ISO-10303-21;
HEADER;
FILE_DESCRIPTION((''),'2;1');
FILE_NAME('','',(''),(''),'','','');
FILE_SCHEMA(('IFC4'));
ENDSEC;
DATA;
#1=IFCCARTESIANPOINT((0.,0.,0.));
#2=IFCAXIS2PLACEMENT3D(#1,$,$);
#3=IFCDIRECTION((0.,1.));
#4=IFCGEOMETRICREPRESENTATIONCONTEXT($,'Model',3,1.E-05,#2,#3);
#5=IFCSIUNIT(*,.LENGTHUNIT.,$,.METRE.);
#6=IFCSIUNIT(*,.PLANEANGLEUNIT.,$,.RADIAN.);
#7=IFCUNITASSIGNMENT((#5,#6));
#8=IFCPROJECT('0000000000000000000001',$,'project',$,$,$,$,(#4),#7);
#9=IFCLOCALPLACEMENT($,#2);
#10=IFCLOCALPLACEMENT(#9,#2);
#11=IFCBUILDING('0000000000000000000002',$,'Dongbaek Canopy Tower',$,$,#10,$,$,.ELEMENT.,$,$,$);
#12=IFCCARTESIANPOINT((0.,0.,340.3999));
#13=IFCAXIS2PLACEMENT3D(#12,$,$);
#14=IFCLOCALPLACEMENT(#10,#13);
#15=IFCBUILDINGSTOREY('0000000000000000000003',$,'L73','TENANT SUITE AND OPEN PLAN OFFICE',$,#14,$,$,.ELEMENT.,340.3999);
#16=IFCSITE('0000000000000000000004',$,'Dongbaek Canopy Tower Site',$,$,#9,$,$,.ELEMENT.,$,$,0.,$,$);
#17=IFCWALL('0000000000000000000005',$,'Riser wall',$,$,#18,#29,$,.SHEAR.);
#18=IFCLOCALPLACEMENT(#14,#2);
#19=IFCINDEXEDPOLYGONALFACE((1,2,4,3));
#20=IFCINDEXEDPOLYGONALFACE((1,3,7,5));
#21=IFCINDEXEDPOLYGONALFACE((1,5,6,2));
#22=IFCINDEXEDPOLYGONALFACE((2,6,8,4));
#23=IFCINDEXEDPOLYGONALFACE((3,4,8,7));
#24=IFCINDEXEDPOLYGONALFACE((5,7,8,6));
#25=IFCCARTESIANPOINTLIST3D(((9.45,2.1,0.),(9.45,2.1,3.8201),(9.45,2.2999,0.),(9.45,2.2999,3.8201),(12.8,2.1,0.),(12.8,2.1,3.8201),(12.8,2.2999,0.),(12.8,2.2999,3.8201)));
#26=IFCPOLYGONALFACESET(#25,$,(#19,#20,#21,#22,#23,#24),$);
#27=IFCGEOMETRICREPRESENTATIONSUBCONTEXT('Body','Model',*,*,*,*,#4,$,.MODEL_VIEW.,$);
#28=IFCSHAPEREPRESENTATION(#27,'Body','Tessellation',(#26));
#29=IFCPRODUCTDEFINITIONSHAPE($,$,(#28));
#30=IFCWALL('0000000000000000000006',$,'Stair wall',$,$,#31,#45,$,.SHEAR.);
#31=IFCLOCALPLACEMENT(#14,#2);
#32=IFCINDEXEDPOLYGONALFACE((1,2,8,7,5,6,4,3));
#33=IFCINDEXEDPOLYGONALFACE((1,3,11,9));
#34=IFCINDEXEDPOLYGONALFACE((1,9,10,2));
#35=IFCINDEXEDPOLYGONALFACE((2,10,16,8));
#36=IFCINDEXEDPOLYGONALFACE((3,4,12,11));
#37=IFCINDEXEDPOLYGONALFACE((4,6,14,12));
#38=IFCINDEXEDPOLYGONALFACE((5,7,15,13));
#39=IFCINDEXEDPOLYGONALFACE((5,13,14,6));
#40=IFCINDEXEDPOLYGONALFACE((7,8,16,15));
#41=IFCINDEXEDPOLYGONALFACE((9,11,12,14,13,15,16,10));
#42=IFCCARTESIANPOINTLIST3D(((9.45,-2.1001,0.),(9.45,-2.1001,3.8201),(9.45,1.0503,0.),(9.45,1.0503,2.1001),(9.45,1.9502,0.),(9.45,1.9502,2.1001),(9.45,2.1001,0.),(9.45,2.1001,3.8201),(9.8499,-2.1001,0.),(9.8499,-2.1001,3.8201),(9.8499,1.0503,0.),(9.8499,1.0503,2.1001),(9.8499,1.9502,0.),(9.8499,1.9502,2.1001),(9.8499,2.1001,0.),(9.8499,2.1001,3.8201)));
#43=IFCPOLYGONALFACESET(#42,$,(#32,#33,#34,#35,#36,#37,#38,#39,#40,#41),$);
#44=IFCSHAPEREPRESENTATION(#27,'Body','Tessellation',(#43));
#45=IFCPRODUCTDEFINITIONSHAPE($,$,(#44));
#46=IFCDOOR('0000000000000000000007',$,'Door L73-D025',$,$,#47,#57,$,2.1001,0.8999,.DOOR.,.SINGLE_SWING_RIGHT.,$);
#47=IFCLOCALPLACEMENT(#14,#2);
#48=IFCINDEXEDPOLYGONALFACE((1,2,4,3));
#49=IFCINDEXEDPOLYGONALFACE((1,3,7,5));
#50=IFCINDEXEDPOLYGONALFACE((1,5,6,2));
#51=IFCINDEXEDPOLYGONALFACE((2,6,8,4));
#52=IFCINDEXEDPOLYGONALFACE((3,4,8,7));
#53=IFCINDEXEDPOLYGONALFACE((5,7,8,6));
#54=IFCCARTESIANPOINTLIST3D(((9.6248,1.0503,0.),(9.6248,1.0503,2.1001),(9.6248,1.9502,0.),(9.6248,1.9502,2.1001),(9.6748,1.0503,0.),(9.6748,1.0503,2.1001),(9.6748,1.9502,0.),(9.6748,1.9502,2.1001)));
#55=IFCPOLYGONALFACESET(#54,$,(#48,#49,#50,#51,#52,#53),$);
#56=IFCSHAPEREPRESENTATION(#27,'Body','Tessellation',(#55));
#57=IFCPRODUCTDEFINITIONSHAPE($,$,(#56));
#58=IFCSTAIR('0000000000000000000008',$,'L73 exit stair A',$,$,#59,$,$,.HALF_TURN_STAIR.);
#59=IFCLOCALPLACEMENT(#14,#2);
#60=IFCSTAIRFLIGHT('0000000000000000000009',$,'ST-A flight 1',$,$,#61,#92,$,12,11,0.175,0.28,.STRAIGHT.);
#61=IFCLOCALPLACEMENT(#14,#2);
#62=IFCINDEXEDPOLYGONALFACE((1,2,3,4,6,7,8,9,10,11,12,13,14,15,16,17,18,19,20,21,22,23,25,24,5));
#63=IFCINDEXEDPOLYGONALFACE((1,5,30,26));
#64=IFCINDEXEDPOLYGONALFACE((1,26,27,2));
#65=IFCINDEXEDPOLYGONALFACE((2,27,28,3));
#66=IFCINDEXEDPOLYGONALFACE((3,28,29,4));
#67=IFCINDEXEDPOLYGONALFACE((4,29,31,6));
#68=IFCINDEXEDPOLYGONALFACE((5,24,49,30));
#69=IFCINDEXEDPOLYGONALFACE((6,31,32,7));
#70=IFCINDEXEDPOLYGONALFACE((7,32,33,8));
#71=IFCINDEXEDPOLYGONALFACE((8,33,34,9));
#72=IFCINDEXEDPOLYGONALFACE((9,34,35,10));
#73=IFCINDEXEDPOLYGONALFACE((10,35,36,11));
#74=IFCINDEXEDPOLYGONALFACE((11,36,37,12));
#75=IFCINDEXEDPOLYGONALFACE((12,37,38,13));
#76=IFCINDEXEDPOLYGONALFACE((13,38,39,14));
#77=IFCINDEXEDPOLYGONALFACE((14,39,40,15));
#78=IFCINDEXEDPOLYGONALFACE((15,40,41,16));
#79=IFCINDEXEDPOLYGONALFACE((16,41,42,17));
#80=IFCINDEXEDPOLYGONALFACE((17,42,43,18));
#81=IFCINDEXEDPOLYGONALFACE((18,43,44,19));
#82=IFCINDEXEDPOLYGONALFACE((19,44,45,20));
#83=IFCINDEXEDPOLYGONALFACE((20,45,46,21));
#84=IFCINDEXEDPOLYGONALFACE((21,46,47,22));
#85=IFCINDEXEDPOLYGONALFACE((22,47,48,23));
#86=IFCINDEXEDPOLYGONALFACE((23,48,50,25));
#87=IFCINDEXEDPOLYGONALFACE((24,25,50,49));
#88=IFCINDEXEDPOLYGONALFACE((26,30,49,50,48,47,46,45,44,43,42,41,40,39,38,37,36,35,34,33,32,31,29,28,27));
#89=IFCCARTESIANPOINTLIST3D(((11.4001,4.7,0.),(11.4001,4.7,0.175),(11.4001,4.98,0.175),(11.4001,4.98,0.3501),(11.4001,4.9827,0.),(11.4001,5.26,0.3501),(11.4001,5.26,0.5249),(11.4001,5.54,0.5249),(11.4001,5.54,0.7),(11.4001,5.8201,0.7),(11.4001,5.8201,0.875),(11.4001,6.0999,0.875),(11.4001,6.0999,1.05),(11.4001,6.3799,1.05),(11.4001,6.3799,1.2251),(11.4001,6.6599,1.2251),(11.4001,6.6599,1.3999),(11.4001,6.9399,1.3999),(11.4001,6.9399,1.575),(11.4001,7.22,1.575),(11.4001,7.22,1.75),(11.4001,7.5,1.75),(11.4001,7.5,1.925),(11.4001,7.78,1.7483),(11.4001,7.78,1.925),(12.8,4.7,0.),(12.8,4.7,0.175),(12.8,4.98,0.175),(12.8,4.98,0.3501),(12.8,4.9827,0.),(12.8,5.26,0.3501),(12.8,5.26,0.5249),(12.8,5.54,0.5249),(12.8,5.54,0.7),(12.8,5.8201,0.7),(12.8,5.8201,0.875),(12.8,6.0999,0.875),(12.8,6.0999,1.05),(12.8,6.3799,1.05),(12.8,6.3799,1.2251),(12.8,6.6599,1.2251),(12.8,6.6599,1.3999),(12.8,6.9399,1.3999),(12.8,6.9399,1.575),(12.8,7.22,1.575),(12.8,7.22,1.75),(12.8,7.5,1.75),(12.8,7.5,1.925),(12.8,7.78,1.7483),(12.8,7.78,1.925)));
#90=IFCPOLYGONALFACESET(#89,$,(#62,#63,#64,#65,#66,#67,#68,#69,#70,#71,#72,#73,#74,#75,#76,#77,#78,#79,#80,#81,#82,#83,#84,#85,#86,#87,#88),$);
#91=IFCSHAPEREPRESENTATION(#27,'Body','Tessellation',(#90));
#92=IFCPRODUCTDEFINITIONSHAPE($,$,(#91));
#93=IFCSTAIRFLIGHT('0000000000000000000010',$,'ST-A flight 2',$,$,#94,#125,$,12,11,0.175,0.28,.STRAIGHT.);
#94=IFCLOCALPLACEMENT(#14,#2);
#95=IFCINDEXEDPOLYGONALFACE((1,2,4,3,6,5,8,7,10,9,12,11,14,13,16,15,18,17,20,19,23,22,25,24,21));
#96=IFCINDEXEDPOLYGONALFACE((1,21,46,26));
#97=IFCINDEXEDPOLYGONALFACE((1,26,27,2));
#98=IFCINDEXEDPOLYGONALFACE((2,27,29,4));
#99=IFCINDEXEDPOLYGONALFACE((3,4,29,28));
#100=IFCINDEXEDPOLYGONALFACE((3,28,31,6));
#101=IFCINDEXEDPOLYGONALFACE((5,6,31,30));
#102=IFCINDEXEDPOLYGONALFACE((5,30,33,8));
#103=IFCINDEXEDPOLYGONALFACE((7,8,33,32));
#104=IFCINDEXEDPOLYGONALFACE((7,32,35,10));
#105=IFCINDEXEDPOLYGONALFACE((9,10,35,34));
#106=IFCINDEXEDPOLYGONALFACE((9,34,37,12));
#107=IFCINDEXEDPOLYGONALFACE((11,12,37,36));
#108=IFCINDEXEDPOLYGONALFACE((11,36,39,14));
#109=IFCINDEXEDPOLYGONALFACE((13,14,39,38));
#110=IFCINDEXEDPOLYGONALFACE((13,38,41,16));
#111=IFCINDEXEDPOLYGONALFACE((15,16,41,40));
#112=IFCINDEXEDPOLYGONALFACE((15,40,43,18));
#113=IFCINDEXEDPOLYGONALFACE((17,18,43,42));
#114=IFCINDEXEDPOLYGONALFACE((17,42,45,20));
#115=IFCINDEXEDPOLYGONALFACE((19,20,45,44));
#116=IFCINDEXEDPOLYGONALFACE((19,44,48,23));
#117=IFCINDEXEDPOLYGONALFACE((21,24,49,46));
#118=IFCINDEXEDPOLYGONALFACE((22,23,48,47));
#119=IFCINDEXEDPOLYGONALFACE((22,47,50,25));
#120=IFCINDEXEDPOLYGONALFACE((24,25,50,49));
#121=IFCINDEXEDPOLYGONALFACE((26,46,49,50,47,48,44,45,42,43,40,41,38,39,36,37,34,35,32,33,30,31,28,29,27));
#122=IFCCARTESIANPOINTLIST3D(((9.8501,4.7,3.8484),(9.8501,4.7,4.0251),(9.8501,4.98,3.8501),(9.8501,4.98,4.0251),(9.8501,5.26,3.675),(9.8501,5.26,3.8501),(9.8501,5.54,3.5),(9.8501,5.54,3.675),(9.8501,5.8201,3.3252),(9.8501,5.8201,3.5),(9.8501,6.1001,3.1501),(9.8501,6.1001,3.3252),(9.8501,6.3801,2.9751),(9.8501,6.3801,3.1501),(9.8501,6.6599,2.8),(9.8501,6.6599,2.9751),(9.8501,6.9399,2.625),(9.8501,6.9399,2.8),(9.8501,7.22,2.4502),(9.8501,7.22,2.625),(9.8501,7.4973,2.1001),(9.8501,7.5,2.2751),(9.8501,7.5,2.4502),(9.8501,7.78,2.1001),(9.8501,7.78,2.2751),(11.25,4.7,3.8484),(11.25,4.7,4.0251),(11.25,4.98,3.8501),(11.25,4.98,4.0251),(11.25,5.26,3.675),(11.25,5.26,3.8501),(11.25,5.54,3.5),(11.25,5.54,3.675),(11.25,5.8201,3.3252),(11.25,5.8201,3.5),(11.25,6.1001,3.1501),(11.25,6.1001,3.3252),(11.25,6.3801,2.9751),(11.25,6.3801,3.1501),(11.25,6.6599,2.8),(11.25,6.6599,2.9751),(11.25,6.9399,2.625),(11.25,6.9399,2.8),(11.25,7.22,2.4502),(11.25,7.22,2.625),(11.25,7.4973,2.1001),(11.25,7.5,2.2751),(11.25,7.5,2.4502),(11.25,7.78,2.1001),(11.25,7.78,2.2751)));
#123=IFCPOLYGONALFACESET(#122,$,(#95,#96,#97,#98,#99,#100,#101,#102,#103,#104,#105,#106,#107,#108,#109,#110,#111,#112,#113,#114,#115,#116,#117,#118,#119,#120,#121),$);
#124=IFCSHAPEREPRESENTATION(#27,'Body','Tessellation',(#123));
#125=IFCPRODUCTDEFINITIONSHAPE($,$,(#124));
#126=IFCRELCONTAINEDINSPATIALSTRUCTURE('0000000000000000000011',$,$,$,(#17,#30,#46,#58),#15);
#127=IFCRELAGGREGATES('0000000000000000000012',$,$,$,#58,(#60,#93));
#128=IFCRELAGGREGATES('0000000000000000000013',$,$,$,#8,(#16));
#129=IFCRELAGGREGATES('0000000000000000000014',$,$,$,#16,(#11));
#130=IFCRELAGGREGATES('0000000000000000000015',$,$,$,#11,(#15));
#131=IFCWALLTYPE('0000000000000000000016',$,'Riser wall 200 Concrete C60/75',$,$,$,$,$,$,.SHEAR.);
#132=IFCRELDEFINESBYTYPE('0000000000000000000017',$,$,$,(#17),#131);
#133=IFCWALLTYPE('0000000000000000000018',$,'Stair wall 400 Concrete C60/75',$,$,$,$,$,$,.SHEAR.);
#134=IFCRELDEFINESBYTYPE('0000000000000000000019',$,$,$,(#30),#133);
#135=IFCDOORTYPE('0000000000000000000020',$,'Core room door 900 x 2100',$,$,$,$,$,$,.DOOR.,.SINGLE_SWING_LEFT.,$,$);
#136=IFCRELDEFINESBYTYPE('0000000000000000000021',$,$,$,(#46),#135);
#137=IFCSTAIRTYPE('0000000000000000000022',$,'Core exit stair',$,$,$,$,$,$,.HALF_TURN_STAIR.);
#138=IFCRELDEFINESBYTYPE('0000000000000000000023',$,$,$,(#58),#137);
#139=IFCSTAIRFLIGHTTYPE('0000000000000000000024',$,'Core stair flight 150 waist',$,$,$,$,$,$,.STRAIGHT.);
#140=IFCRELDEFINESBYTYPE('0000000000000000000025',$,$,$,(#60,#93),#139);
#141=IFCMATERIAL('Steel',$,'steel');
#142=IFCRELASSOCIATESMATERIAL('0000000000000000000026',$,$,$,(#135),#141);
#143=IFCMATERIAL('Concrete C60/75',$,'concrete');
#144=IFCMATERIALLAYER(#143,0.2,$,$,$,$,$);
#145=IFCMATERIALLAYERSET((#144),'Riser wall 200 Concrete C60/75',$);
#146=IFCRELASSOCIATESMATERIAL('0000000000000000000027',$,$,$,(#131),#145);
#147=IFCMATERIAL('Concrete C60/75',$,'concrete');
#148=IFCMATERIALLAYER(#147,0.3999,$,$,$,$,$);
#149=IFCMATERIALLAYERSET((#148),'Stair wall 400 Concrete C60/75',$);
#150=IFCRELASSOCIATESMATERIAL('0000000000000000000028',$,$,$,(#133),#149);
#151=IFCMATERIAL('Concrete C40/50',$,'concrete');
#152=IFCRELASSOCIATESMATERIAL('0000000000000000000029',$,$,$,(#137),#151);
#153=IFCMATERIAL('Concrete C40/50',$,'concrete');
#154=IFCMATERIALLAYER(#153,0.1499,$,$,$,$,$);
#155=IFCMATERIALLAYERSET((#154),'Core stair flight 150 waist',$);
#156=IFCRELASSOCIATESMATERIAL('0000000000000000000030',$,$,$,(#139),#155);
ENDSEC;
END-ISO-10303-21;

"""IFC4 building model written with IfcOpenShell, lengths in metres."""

from ifc_helpers import new_model, si_unit, direction, frame, frame_2d, origin, place, context, subcontext, project, spatial, polyline, rectangle, outline, extrude, material, layer, layer_set, type_object, element, fill, aggregate, save


model = new_model("IFC4")

# Units and contexts
model_context = context("Model", 3, precision=1e-05, world=origin(), true_north=direction((0.0, 1.0)))
body_context = subcontext(model_context, "Body", "Model", "MODEL_VIEW")
ifc_project = project(units=[si_unit("LENGTHUNIT", "METRE"), si_unit("PLANEANGLEUNIT", "RADIAN")], contexts=[model_context])

# Site, building, storey
site_placement = place(None, origin())
site = spatial("IfcSite", under=ifc_project, at=site_placement, Name="Dongbaek Canopy Tower Site", CompositionType="ELEMENT", RefElevation=0.0)
building_placement = place(site_placement, origin())
building = spatial("IfcBuilding", under=site, at=building_placement, Name="Dongbaek Canopy Tower", CompositionType="ELEMENT")
storey_placement = place(building_placement, frame((0.0, 0.0, 340.3999)))
storey = spatial("IfcBuildingStorey", under=building, at=storey_placement, Name="L73", Description="TENANT SUITE AND OPEN PLAN OFFICE", CompositionType="ELEMENT", Elevation=340.3999)

# Shared definitions
ifc_material_1 = material(Name="Steel", Category="steel")
door_type_1 = type_object("IfcDoorType", Name="Core room door 900 x 2100", OperationType="SINGLE_SWING_LEFT", PredefinedType="DOOR", material=ifc_material_1)

# Wall
ifc_material_2 = material(Name="Concrete C60/75", Category="concrete")
ifc_layer_1 = layer(ifc_material_2, 0.2)
ifc_layer_set_1 = layer_set([ifc_layer_1], Name="Riser wall 200 Concrete C60/75")
wall_type_1 = type_object("IfcWallType", Name="Riser wall 200 Concrete C60/75", PredefinedType="SHEAR", material=ifc_layer_set_1)
wall_1_placement = place(storey_placement, frame((9.45, 2.2, 0.0), z_axis=(0.0, 0.0, 1.0), x_axis=(1.0, 0.0, 0.0)))
element("IfcWall", 1, at=wall_1_placement, inside=storey, type_object=wall_type_1, Name="Riser wall", PredefinedType="SHEAR", context=body_context, shape_type="SweptSolid", body=[
    extrude(rectangle(XDim=3.3501, YDim=0.2, at=frame_2d((1.675, 0.0))), origin(), (0.0, 0.0, 1.0), 3.8201),
])

# Wall, opening, door
ifc_material_3 = material(Name="Concrete C60/75", Category="concrete")
ifc_layer_2 = layer(ifc_material_3, 0.3999)
ifc_layer_set_2 = layer_set([ifc_layer_2], Name="Stair wall 400 Concrete C60/75")
wall_type_2 = type_object("IfcWallType", Name="Stair wall 400 Concrete C60/75", PredefinedType="SHEAR", material=ifc_layer_set_2)
wall_2_placement = place(storey_placement, frame((9.6499, 2.1001, 0.0), z_axis=(0.0, 0.0, 1.0), x_axis=(0.0, -1.0, 0.0)))
wall_2 = element("IfcWall", 2, at=wall_2_placement, inside=storey, type_object=wall_type_2, Name="Stair wall", PredefinedType="SHEAR", context=body_context, shape_type="SweptSolid", body=[
    extrude(rectangle(XDim=4.2002, YDim=0.3999, at=frame_2d((2.1001, 0.0))), origin(), (0.0, 0.0, 1.0), 3.8201),
])
opening_1_placement = place(wall_2_placement, frame((0.1499, 0.0, 0.0)))
opening_1 = element("IfcOpeningElement", 3, at=opening_1_placement, cuts=wall_2, PredefinedType="OPENING", context=body_context, shape_type="SweptSolid", body=[
    extrude(rectangle(XDim=0.8999, YDim=2.1001, at=frame_2d((0.45, 1.05))), frame((0.0, 0.21, 0.0), z_axis=(0.0, -1.0, 0.0), x_axis=(1.0, 0.0, 0.0)), (0.0, 0.0, 1.0), 0.4199),
])
door_1_placement = place(opening_1_placement, origin())
door_1 = element("IfcDoor", 4, at=door_1_placement, inside=storey, type_object=door_type_1, Name="Door L73-D025", OperationType="SINGLE_SWING_RIGHT", OverallHeight=2.1001, OverallWidth=0.8999, PredefinedType="DOOR", context=body_context, shape_type="SweptSolid", body=[
    extrude(rectangle(XDim=0.8999, YDim=2.1001, at=frame_2d((0.45, 1.05))), frame((0.0, 0.0249, 0.0), z_axis=(0.0, -1.0, 0.0), x_axis=(1.0, 0.0, 0.0)), (0.0, 0.0, 1.0), 0.05),
])
fill(opening_1, door_1)

# Stair, stair flights
ifc_material_4 = material(Name="Concrete C40/50", Category="concrete")
stair_type = type_object("IfcStairType", Name="Core exit stair", PredefinedType="HALF_TURN_STAIR", material=ifc_material_4)
stair_placement = place(storey_placement, origin())
stair = element("IfcStair", 5, at=stair_placement, inside=storey, type_object=stair_type, Name="L73 exit stair A", PredefinedType="HALF_TURN_STAIR")
ifc_material_5 = material(Name="Concrete C40/50", Category="concrete")
ifc_layer_3 = layer(ifc_material_5, 0.1499)
ifc_layer_set_3 = layer_set([ifc_layer_3], Name="Core stair flight 150 waist")
stair_flight_type = type_object("IfcStairFlightType", Name="Core stair flight 150 waist", PredefinedType="STRAIGHT", material=ifc_layer_set_3)
stair_flight_1_placement = place(storey_placement, frame((12.1001, 4.7, 0.0), z_axis=(0.0, 0.0, 1.0), x_axis=(0.0, 1.0, 0.0)))
stair_flight_1 = element("IfcStairFlight", 6, at=stair_flight_1_placement, type_object=stair_flight_type, Name="ST-A flight 1", NumberOfRisers=12, NumberOfTreads=11, PredefinedType="STRAIGHT", RiserHeight=0.175, TreadLength=0.28, context=body_context, shape_type="SweptSolid", body=[
    extrude(outline(polyline([(0.0, 0.0), (0.0, 0.175), (0.28, 0.175), (0.28, 0.3501), (0.5601, 0.3501), (0.5601, 0.5249), (0.8401, 0.5249), (0.8401, 0.7), (1.1201, 0.7), (1.1201, 0.875), (1.3999, 0.875), (1.3999, 1.05), (1.6799, 1.05), (1.6799, 1.2251), (1.96, 1.2251), (1.96, 1.3999), (2.24, 1.3999), (2.24, 1.575), (2.52, 1.575), (2.52, 1.75), (2.8, 1.75), (2.8, 1.925), (3.0801, 1.925), (3.0801, 2.1001), (3.0801, 1.7483), (0.2827, 0.0), (0.0, 0.0)])), frame((0.0, 0.7, 0.0), z_axis=(0.0, -1.0, 0.0), x_axis=(1.0, 0.0, 0.0)), (0.0, 0.0, 1.0), 1.3999),
])
stair_flight_2_placement = place(storey_placement, frame((10.55, 7.78, 2.1001), z_axis=(0.0, 0.0, 1.0), x_axis=(0.0, -1.0, 0.0)))
stair_flight_2 = element("IfcStairFlight", 7, at=stair_flight_2_placement, type_object=stair_flight_type, Name="ST-A flight 2", NumberOfRisers=12, NumberOfTreads=11, PredefinedType="STRAIGHT", RiserHeight=0.175, TreadLength=0.28, context=body_context, shape_type="SweptSolid", body=[
    extrude(outline(polyline([(0.0, 0.0), (0.0, 0.175), (0.28, 0.175), (0.28, 0.3501), (0.5601, 0.3501), (0.5601, 0.5249), (0.8401, 0.5249), (0.8401, 0.7), (1.1201, 0.7), (1.1201, 0.875), (1.3999, 0.875), (1.3999, 1.05), (1.6799, 1.05), (1.6799, 1.2251), (1.96, 1.2251), (1.96, 1.3999), (2.24, 1.3999), (2.24, 1.575), (2.52, 1.575), (2.52, 1.75), (2.8, 1.75), (2.8, 1.925), (3.0801, 1.925), (3.0801, 2.1001), (3.0801, 1.7483), (0.2827, 0.0), (0.0, 0.0)])), frame((0.0, 0.7, 0.0), z_axis=(0.0, -1.0, 0.0), x_axis=(1.0, 0.0, 0.0)), (0.0, 0.0, 1.0), 1.3999),
])
aggregate(stair, [stair_flight_1, stair_flight_2])

save(model, "model.ifc")
